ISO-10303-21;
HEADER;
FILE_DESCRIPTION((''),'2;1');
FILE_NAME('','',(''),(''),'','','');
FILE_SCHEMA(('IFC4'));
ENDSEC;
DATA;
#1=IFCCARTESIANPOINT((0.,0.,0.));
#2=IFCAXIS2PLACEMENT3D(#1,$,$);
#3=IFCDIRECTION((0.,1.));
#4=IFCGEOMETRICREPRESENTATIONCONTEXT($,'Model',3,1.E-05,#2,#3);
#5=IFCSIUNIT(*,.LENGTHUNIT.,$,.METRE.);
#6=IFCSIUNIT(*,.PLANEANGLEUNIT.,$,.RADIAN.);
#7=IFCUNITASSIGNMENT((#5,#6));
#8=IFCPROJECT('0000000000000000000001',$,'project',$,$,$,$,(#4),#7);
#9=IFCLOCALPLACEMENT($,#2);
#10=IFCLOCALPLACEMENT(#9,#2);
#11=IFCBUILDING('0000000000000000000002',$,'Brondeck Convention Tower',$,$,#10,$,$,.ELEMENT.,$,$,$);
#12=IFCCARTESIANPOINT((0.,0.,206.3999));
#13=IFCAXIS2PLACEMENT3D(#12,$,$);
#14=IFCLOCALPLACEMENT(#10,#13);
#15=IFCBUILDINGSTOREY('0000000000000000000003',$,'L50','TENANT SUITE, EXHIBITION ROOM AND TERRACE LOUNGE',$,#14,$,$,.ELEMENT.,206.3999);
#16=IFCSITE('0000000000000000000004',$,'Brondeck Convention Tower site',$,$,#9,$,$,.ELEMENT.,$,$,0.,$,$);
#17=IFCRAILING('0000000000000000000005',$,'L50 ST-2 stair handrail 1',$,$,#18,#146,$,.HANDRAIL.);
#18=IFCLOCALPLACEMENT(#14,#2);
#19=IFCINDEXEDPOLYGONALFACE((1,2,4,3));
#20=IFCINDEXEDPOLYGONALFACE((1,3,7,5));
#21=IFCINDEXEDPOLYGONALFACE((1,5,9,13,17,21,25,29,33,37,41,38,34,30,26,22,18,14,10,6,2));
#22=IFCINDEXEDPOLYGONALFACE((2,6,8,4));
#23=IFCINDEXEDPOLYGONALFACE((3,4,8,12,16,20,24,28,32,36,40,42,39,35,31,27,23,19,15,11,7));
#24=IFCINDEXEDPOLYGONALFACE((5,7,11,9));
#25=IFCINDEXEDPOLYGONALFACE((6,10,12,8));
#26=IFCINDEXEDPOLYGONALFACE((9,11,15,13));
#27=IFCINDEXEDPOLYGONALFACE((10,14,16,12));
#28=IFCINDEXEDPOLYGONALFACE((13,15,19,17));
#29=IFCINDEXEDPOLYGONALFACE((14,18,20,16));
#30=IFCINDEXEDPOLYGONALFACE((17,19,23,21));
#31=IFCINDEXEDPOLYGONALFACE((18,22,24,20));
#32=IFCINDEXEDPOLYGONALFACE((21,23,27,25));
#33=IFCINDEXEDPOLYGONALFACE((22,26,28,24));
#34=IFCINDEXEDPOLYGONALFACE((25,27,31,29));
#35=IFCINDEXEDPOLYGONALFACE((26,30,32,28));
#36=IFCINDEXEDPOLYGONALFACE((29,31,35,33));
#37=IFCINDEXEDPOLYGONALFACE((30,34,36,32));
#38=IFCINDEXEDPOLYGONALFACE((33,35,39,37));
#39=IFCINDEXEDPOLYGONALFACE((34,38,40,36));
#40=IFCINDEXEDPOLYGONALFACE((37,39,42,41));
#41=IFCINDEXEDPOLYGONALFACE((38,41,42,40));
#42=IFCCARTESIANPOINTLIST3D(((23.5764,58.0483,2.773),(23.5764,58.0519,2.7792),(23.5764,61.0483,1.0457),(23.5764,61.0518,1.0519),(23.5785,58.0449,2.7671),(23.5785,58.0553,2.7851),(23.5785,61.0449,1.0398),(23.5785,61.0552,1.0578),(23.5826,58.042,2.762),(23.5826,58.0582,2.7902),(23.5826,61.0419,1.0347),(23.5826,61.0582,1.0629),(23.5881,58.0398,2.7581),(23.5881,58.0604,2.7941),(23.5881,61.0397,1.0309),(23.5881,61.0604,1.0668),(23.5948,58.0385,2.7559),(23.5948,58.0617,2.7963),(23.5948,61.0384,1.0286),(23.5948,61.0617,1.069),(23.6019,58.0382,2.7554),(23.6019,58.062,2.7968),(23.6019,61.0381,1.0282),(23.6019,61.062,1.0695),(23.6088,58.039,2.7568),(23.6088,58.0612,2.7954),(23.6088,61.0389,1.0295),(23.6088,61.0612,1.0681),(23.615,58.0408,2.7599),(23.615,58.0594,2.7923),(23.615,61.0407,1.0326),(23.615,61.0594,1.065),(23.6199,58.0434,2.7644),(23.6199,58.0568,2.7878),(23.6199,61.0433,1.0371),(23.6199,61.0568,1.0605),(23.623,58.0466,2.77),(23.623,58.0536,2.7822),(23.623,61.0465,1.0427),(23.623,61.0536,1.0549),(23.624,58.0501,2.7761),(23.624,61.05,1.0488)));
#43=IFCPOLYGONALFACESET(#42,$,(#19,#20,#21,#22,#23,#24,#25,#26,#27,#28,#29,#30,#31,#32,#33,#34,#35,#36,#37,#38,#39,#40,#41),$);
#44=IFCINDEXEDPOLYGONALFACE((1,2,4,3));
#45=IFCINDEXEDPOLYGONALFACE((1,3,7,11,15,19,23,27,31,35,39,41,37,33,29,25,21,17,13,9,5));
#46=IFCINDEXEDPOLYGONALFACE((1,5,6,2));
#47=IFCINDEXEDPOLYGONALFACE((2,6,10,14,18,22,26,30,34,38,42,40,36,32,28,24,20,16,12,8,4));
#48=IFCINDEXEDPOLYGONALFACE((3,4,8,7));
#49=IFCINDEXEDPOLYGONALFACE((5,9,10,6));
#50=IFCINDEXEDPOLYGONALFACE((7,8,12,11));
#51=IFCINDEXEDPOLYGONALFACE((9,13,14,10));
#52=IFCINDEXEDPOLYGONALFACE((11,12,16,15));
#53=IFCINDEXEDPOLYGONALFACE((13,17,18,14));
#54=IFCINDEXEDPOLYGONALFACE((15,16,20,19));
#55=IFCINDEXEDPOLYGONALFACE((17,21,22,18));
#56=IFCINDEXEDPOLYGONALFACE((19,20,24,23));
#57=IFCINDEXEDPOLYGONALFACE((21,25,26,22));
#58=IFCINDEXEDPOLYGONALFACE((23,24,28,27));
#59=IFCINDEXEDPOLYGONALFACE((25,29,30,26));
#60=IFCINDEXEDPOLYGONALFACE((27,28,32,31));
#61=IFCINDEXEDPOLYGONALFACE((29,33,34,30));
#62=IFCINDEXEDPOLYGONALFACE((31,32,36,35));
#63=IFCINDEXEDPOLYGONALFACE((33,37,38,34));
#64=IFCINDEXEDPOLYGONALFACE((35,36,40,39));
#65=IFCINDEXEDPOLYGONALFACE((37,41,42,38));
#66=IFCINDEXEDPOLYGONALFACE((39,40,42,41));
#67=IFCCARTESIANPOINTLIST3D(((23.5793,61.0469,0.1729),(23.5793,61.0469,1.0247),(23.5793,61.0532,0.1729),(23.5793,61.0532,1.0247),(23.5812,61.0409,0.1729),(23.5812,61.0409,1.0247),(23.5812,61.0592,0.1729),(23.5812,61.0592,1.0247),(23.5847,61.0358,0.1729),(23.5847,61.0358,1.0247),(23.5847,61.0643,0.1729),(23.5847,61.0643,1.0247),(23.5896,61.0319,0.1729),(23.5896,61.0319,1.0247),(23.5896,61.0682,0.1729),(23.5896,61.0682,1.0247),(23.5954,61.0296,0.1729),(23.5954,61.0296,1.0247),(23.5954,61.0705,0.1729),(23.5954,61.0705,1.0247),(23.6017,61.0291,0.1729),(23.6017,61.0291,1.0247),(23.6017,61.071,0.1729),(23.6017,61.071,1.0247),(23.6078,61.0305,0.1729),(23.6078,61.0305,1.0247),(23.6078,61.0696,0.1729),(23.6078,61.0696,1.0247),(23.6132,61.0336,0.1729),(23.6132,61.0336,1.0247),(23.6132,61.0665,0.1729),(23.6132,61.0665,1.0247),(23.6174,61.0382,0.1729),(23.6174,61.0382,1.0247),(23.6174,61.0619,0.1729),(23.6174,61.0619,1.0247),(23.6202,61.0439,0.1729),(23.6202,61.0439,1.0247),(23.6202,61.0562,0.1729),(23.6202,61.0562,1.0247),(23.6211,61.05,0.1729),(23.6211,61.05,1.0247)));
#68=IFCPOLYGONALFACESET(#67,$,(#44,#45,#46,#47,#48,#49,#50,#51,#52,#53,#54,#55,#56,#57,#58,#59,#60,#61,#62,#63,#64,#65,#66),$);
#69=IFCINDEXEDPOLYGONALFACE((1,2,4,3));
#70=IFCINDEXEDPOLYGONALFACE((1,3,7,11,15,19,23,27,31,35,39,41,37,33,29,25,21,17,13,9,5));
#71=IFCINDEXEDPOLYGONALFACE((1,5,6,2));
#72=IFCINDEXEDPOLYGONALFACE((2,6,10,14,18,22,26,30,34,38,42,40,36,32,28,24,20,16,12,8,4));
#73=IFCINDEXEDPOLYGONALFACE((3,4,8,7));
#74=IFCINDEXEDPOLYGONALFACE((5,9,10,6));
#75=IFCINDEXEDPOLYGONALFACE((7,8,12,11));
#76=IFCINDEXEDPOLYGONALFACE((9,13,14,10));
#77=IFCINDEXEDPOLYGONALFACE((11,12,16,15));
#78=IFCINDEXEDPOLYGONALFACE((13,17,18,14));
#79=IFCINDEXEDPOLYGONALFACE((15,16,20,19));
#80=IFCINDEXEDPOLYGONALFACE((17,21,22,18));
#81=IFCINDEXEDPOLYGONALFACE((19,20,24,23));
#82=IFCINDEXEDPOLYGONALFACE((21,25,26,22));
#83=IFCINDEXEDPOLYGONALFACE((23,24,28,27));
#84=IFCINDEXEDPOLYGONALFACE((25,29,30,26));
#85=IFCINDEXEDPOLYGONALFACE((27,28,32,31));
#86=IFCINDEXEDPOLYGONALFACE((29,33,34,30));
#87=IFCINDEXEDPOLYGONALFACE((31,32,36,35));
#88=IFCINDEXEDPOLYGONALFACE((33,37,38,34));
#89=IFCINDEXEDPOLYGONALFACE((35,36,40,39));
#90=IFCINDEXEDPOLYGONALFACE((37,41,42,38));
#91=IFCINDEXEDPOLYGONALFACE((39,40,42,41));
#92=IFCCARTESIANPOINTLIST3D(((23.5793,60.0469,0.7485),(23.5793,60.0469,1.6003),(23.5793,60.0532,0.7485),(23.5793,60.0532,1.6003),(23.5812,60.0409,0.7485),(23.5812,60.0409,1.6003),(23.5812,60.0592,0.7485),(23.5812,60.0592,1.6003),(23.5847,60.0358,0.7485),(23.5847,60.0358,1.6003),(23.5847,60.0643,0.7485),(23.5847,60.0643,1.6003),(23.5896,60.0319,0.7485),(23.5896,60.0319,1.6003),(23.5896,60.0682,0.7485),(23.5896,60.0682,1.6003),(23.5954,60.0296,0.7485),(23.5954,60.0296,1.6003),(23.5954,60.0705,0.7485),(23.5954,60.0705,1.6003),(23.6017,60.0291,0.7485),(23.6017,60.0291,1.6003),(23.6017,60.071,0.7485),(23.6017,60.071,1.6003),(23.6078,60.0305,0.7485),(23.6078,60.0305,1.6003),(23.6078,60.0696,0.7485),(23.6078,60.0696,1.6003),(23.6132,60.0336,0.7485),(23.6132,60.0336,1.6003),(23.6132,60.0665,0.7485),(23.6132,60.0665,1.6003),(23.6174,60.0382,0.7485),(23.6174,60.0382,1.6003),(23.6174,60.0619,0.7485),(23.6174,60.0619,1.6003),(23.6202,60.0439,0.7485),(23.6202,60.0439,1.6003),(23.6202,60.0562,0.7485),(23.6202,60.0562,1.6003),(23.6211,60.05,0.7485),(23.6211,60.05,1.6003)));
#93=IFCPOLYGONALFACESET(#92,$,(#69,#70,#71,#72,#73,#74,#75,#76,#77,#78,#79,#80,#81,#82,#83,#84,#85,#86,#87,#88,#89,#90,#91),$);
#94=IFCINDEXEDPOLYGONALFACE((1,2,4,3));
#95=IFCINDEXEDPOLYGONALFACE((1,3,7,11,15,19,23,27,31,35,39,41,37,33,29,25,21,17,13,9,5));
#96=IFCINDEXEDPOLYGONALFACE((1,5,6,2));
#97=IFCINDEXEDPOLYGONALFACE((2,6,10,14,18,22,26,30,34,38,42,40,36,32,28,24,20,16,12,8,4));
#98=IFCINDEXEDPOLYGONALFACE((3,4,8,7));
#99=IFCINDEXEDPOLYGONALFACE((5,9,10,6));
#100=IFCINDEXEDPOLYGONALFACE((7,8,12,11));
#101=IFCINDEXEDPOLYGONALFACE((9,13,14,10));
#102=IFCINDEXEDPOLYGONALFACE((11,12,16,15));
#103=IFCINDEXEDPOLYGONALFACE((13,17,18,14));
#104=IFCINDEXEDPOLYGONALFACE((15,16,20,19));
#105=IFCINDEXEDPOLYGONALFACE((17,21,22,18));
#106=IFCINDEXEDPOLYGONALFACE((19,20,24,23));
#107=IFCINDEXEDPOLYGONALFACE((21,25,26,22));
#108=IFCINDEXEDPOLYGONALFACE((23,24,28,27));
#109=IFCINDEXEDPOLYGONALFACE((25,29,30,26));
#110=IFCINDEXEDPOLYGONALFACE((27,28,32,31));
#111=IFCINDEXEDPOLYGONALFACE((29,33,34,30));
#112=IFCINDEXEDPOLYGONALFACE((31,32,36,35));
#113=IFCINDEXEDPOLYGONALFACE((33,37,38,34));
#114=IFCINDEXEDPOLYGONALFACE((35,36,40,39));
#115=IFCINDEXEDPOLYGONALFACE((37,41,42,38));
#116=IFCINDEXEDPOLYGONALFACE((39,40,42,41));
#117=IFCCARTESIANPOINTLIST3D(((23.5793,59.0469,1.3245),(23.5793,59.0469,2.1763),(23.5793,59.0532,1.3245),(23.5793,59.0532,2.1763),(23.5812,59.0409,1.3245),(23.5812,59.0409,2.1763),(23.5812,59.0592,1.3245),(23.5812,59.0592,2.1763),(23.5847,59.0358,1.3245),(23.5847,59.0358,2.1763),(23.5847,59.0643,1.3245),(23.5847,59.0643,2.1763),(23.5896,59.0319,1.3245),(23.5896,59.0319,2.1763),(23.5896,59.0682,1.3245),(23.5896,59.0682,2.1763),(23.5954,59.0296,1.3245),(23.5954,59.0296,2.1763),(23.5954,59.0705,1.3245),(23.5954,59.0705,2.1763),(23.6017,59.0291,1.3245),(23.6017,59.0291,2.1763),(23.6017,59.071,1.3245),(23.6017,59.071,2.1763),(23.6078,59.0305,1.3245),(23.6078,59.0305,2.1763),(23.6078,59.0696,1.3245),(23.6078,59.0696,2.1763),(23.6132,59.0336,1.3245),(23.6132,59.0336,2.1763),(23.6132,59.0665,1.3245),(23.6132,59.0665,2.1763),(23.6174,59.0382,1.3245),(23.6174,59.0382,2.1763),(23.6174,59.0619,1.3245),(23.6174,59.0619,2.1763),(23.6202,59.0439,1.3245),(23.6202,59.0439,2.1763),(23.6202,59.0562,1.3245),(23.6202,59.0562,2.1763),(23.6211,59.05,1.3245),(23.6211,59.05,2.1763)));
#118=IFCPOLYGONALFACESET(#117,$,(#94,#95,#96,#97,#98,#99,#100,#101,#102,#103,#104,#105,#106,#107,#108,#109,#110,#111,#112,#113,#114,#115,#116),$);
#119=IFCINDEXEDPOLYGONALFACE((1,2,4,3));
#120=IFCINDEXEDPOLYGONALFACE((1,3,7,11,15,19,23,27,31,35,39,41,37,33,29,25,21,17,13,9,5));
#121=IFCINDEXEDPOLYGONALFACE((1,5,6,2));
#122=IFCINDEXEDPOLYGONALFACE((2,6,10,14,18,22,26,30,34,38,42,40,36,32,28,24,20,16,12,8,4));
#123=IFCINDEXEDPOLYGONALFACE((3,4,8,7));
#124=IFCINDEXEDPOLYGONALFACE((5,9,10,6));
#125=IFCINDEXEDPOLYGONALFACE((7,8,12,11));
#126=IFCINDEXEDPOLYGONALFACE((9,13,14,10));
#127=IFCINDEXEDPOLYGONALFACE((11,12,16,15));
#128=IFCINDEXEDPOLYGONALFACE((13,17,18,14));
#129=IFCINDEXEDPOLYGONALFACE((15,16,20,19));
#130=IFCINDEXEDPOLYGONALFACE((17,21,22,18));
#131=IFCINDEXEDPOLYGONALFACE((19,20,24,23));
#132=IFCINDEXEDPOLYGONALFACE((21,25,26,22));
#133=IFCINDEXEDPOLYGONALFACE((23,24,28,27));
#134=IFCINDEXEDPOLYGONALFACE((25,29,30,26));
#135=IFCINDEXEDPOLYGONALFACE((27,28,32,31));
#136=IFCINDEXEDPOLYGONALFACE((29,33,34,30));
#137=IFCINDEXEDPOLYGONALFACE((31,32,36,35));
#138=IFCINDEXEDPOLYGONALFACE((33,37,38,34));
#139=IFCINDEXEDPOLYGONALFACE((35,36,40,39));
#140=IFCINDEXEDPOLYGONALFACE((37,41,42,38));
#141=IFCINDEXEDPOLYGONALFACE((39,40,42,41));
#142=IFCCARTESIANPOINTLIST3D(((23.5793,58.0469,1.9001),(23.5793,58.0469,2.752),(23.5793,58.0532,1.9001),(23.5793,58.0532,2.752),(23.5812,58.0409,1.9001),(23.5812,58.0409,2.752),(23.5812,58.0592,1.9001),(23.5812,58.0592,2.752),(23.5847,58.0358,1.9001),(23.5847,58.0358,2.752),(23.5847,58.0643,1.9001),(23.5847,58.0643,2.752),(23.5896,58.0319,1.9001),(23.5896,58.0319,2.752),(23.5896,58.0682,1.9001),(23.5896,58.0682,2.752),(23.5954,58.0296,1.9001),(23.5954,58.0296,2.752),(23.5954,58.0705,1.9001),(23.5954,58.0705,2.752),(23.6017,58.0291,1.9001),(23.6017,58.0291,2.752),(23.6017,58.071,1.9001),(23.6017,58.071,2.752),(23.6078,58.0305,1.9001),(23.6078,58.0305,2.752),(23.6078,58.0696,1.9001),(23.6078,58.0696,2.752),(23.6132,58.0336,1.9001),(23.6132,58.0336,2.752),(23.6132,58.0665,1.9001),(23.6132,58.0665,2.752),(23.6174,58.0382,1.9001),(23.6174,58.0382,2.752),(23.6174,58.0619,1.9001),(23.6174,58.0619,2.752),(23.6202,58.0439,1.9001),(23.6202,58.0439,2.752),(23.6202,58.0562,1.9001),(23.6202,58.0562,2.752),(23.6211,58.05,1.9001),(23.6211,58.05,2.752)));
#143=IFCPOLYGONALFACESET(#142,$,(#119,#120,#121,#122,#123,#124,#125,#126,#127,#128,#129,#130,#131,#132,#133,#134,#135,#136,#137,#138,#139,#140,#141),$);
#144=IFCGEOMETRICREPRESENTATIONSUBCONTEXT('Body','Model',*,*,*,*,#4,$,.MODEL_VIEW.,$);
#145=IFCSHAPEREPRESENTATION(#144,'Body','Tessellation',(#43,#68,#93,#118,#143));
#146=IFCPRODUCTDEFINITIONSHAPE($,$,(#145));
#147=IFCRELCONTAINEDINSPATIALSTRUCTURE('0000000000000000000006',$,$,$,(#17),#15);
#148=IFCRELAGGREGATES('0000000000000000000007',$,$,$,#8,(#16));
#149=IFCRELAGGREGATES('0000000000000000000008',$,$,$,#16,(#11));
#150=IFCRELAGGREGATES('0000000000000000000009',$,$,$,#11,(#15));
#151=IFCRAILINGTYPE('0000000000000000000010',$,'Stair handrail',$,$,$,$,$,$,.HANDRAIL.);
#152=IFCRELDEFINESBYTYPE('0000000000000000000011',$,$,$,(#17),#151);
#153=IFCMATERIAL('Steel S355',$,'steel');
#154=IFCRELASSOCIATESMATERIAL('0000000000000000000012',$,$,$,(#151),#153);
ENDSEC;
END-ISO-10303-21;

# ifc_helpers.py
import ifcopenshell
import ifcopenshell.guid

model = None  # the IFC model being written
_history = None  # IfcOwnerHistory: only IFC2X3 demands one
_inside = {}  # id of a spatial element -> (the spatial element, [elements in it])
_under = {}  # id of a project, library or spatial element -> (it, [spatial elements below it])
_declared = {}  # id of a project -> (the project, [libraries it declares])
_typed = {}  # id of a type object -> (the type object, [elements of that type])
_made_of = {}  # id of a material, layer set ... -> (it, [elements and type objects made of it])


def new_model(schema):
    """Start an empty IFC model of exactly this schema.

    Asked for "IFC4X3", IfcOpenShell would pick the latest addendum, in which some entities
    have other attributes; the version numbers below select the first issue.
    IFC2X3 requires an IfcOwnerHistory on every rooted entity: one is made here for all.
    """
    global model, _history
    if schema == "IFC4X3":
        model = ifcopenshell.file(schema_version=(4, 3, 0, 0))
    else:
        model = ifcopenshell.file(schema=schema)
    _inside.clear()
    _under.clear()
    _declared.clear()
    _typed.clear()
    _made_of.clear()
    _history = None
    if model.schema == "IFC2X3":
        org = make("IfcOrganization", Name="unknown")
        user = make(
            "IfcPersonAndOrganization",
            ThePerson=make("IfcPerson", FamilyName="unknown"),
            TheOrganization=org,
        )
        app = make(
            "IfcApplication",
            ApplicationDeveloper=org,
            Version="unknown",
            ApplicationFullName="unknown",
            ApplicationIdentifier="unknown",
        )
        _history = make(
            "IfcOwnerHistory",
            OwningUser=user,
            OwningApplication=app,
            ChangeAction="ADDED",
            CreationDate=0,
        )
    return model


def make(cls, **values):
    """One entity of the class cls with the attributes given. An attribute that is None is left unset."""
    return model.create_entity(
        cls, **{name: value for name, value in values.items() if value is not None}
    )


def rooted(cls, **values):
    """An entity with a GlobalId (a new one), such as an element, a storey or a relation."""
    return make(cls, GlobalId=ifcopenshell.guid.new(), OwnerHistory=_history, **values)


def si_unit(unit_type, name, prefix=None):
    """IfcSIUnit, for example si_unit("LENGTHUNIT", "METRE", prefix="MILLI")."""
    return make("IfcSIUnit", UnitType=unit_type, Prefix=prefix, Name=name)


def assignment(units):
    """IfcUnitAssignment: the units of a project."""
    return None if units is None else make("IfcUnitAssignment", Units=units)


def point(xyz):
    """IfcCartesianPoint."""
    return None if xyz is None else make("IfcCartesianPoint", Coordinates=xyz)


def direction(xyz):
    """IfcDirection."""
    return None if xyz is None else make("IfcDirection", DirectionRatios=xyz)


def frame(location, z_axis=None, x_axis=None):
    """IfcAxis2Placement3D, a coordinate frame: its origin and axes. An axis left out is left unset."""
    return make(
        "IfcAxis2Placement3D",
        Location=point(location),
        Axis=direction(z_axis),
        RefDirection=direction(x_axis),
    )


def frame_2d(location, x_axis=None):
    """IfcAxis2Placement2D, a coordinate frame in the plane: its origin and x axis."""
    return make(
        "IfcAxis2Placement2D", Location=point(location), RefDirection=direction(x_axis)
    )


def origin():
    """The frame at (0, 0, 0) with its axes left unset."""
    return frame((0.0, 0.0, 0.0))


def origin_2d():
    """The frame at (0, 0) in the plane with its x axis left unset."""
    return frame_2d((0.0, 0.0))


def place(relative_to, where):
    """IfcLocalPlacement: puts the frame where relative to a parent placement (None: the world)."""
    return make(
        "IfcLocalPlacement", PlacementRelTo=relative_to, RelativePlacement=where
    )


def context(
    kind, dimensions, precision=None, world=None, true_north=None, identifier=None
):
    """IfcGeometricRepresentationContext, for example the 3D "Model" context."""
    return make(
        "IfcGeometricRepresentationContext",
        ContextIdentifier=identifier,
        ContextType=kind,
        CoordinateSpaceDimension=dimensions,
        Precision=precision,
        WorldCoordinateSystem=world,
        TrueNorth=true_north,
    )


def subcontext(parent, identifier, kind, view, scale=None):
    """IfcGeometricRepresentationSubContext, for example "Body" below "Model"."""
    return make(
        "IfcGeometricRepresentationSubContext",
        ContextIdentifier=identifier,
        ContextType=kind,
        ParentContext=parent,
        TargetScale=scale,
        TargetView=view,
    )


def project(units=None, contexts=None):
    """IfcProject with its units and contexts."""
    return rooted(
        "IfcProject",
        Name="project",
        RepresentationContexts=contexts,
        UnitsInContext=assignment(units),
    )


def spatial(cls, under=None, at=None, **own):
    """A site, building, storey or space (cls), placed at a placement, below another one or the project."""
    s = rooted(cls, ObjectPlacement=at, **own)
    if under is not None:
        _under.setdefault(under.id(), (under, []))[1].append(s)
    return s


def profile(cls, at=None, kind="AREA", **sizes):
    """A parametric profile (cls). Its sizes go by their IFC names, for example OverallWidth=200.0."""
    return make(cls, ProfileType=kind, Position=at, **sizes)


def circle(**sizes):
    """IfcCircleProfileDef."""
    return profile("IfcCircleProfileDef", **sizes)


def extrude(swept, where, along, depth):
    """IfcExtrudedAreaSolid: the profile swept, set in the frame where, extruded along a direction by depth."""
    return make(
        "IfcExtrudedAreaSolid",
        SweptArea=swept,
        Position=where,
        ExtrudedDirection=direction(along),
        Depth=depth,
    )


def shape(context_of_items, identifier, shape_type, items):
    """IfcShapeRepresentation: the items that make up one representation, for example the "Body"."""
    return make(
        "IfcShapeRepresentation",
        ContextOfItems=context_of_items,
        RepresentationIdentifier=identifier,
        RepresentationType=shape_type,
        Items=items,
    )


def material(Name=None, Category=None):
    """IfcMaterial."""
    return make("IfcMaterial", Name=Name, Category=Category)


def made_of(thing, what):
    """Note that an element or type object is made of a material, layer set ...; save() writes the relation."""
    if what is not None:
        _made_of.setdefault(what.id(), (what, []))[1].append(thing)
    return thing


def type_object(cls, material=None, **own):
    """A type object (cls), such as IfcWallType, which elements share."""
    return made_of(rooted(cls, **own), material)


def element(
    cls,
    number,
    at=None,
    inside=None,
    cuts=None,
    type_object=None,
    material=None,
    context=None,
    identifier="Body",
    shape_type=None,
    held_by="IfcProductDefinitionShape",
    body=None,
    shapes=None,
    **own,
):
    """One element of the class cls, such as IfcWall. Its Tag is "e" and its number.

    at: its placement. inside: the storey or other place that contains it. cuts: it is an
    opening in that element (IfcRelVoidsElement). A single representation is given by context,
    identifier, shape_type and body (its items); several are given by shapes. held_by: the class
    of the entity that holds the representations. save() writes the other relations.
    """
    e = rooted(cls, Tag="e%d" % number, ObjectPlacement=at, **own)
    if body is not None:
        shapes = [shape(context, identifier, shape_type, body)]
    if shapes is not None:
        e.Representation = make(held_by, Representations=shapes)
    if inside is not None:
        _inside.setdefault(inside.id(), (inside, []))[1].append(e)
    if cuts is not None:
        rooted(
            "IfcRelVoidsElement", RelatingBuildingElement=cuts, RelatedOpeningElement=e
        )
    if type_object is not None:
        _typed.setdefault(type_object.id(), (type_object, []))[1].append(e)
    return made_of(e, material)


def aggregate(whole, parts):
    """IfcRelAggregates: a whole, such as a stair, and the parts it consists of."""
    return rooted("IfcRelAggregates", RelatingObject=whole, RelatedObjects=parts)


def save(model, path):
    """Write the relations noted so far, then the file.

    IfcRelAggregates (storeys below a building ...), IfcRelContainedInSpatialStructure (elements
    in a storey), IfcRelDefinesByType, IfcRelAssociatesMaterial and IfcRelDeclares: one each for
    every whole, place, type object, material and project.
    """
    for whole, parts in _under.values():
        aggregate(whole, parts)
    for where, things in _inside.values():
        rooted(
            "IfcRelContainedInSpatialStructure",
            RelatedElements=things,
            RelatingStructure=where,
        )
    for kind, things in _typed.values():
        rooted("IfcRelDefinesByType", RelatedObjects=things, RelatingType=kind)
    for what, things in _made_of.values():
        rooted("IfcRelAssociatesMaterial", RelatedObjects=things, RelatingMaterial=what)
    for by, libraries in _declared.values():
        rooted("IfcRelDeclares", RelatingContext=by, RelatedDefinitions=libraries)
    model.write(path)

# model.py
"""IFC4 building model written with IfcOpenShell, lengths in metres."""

from ifc_helpers import new_model, si_unit, direction, frame, origin, origin_2d, place, context, subcontext, project, spatial, circle, extrude, material, type_object, element, save


model = new_model("IFC4")

# Units and contexts
model_context = context("Model", 3, precision=1e-05, world=origin(), true_north=direction((0.0, 1.0)))
body_context = subcontext(model_context, "Body", "Model", "MODEL_VIEW")
ifc_project = project(units=[si_unit("LENGTHUNIT", "METRE"), si_unit("PLANEANGLEUNIT", "RADIAN")], contexts=[model_context])

# Site, building, storey
site_placement = place(None, origin())
site = spatial("IfcSite", under=ifc_project, at=site_placement, Name="Brondeck Convention Tower site", CompositionType="ELEMENT", RefElevation=0.0)
building_placement = place(site_placement, origin())
building = spatial("IfcBuilding", under=site, at=building_placement, Name="Brondeck Convention Tower", CompositionType="ELEMENT")
storey_placement = place(building_placement, frame((0.0, 0.0, 206.3999)))
storey = spatial("IfcBuildingStorey", under=building, at=storey_placement, Name="L50", Description="TENANT SUITE, EXHIBITION ROOM AND TERRACE LOUNGE", CompositionType="ELEMENT", Elevation=206.3999)

# Railing
ifc_material_1 = material(Name="Steel S355", Category="steel")
railing_type_1 = type_object("IfcRailingType", Name="Stair handrail", PredefinedType="HANDRAIL", material=ifc_material_1)
railing_1_placement = place(storey_placement, frame((23.6001, 61.05, 0.1729)))
element("IfcRailing", 1, at=railing_1_placement, inside=storey, type_object=railing_type_1, Name="L50 ST-2 stair handrail 1", PredefinedType="HANDRAIL", context=body_context, shape_type="SweptSolid", body=[
    extrude(circle(Radius=0.0239, at=origin_2d()), frame((0.0, 0.0, 0.876), z_axis=(0.0, -0.86662, 0.498969), x_axis=(1.0, 0.0, 0.0)), (0.0, 0.0, 1.0), 3.4617),
    extrude(circle(Radius=0.021, at=origin_2d()), origin(), (0.0, 0.0, 1.0), 0.8518),
    extrude(circle(Radius=0.021, at=origin_2d()), frame((0.0, -1.0, 0.5757)), (0.0, 0.0, 1.0), 0.8518),
    extrude(circle(Radius=0.021, at=origin_2d()), frame((0.0, -2.0, 1.1516)), (0.0, 0.0, 1.0), 0.8518),
    extrude(circle(Radius=0.021, at=origin_2d()), frame((0.0, -3.0, 1.7273)), (0.0, 0.0, 1.0), 0.8518),
])

save(model, "model.ifc")
